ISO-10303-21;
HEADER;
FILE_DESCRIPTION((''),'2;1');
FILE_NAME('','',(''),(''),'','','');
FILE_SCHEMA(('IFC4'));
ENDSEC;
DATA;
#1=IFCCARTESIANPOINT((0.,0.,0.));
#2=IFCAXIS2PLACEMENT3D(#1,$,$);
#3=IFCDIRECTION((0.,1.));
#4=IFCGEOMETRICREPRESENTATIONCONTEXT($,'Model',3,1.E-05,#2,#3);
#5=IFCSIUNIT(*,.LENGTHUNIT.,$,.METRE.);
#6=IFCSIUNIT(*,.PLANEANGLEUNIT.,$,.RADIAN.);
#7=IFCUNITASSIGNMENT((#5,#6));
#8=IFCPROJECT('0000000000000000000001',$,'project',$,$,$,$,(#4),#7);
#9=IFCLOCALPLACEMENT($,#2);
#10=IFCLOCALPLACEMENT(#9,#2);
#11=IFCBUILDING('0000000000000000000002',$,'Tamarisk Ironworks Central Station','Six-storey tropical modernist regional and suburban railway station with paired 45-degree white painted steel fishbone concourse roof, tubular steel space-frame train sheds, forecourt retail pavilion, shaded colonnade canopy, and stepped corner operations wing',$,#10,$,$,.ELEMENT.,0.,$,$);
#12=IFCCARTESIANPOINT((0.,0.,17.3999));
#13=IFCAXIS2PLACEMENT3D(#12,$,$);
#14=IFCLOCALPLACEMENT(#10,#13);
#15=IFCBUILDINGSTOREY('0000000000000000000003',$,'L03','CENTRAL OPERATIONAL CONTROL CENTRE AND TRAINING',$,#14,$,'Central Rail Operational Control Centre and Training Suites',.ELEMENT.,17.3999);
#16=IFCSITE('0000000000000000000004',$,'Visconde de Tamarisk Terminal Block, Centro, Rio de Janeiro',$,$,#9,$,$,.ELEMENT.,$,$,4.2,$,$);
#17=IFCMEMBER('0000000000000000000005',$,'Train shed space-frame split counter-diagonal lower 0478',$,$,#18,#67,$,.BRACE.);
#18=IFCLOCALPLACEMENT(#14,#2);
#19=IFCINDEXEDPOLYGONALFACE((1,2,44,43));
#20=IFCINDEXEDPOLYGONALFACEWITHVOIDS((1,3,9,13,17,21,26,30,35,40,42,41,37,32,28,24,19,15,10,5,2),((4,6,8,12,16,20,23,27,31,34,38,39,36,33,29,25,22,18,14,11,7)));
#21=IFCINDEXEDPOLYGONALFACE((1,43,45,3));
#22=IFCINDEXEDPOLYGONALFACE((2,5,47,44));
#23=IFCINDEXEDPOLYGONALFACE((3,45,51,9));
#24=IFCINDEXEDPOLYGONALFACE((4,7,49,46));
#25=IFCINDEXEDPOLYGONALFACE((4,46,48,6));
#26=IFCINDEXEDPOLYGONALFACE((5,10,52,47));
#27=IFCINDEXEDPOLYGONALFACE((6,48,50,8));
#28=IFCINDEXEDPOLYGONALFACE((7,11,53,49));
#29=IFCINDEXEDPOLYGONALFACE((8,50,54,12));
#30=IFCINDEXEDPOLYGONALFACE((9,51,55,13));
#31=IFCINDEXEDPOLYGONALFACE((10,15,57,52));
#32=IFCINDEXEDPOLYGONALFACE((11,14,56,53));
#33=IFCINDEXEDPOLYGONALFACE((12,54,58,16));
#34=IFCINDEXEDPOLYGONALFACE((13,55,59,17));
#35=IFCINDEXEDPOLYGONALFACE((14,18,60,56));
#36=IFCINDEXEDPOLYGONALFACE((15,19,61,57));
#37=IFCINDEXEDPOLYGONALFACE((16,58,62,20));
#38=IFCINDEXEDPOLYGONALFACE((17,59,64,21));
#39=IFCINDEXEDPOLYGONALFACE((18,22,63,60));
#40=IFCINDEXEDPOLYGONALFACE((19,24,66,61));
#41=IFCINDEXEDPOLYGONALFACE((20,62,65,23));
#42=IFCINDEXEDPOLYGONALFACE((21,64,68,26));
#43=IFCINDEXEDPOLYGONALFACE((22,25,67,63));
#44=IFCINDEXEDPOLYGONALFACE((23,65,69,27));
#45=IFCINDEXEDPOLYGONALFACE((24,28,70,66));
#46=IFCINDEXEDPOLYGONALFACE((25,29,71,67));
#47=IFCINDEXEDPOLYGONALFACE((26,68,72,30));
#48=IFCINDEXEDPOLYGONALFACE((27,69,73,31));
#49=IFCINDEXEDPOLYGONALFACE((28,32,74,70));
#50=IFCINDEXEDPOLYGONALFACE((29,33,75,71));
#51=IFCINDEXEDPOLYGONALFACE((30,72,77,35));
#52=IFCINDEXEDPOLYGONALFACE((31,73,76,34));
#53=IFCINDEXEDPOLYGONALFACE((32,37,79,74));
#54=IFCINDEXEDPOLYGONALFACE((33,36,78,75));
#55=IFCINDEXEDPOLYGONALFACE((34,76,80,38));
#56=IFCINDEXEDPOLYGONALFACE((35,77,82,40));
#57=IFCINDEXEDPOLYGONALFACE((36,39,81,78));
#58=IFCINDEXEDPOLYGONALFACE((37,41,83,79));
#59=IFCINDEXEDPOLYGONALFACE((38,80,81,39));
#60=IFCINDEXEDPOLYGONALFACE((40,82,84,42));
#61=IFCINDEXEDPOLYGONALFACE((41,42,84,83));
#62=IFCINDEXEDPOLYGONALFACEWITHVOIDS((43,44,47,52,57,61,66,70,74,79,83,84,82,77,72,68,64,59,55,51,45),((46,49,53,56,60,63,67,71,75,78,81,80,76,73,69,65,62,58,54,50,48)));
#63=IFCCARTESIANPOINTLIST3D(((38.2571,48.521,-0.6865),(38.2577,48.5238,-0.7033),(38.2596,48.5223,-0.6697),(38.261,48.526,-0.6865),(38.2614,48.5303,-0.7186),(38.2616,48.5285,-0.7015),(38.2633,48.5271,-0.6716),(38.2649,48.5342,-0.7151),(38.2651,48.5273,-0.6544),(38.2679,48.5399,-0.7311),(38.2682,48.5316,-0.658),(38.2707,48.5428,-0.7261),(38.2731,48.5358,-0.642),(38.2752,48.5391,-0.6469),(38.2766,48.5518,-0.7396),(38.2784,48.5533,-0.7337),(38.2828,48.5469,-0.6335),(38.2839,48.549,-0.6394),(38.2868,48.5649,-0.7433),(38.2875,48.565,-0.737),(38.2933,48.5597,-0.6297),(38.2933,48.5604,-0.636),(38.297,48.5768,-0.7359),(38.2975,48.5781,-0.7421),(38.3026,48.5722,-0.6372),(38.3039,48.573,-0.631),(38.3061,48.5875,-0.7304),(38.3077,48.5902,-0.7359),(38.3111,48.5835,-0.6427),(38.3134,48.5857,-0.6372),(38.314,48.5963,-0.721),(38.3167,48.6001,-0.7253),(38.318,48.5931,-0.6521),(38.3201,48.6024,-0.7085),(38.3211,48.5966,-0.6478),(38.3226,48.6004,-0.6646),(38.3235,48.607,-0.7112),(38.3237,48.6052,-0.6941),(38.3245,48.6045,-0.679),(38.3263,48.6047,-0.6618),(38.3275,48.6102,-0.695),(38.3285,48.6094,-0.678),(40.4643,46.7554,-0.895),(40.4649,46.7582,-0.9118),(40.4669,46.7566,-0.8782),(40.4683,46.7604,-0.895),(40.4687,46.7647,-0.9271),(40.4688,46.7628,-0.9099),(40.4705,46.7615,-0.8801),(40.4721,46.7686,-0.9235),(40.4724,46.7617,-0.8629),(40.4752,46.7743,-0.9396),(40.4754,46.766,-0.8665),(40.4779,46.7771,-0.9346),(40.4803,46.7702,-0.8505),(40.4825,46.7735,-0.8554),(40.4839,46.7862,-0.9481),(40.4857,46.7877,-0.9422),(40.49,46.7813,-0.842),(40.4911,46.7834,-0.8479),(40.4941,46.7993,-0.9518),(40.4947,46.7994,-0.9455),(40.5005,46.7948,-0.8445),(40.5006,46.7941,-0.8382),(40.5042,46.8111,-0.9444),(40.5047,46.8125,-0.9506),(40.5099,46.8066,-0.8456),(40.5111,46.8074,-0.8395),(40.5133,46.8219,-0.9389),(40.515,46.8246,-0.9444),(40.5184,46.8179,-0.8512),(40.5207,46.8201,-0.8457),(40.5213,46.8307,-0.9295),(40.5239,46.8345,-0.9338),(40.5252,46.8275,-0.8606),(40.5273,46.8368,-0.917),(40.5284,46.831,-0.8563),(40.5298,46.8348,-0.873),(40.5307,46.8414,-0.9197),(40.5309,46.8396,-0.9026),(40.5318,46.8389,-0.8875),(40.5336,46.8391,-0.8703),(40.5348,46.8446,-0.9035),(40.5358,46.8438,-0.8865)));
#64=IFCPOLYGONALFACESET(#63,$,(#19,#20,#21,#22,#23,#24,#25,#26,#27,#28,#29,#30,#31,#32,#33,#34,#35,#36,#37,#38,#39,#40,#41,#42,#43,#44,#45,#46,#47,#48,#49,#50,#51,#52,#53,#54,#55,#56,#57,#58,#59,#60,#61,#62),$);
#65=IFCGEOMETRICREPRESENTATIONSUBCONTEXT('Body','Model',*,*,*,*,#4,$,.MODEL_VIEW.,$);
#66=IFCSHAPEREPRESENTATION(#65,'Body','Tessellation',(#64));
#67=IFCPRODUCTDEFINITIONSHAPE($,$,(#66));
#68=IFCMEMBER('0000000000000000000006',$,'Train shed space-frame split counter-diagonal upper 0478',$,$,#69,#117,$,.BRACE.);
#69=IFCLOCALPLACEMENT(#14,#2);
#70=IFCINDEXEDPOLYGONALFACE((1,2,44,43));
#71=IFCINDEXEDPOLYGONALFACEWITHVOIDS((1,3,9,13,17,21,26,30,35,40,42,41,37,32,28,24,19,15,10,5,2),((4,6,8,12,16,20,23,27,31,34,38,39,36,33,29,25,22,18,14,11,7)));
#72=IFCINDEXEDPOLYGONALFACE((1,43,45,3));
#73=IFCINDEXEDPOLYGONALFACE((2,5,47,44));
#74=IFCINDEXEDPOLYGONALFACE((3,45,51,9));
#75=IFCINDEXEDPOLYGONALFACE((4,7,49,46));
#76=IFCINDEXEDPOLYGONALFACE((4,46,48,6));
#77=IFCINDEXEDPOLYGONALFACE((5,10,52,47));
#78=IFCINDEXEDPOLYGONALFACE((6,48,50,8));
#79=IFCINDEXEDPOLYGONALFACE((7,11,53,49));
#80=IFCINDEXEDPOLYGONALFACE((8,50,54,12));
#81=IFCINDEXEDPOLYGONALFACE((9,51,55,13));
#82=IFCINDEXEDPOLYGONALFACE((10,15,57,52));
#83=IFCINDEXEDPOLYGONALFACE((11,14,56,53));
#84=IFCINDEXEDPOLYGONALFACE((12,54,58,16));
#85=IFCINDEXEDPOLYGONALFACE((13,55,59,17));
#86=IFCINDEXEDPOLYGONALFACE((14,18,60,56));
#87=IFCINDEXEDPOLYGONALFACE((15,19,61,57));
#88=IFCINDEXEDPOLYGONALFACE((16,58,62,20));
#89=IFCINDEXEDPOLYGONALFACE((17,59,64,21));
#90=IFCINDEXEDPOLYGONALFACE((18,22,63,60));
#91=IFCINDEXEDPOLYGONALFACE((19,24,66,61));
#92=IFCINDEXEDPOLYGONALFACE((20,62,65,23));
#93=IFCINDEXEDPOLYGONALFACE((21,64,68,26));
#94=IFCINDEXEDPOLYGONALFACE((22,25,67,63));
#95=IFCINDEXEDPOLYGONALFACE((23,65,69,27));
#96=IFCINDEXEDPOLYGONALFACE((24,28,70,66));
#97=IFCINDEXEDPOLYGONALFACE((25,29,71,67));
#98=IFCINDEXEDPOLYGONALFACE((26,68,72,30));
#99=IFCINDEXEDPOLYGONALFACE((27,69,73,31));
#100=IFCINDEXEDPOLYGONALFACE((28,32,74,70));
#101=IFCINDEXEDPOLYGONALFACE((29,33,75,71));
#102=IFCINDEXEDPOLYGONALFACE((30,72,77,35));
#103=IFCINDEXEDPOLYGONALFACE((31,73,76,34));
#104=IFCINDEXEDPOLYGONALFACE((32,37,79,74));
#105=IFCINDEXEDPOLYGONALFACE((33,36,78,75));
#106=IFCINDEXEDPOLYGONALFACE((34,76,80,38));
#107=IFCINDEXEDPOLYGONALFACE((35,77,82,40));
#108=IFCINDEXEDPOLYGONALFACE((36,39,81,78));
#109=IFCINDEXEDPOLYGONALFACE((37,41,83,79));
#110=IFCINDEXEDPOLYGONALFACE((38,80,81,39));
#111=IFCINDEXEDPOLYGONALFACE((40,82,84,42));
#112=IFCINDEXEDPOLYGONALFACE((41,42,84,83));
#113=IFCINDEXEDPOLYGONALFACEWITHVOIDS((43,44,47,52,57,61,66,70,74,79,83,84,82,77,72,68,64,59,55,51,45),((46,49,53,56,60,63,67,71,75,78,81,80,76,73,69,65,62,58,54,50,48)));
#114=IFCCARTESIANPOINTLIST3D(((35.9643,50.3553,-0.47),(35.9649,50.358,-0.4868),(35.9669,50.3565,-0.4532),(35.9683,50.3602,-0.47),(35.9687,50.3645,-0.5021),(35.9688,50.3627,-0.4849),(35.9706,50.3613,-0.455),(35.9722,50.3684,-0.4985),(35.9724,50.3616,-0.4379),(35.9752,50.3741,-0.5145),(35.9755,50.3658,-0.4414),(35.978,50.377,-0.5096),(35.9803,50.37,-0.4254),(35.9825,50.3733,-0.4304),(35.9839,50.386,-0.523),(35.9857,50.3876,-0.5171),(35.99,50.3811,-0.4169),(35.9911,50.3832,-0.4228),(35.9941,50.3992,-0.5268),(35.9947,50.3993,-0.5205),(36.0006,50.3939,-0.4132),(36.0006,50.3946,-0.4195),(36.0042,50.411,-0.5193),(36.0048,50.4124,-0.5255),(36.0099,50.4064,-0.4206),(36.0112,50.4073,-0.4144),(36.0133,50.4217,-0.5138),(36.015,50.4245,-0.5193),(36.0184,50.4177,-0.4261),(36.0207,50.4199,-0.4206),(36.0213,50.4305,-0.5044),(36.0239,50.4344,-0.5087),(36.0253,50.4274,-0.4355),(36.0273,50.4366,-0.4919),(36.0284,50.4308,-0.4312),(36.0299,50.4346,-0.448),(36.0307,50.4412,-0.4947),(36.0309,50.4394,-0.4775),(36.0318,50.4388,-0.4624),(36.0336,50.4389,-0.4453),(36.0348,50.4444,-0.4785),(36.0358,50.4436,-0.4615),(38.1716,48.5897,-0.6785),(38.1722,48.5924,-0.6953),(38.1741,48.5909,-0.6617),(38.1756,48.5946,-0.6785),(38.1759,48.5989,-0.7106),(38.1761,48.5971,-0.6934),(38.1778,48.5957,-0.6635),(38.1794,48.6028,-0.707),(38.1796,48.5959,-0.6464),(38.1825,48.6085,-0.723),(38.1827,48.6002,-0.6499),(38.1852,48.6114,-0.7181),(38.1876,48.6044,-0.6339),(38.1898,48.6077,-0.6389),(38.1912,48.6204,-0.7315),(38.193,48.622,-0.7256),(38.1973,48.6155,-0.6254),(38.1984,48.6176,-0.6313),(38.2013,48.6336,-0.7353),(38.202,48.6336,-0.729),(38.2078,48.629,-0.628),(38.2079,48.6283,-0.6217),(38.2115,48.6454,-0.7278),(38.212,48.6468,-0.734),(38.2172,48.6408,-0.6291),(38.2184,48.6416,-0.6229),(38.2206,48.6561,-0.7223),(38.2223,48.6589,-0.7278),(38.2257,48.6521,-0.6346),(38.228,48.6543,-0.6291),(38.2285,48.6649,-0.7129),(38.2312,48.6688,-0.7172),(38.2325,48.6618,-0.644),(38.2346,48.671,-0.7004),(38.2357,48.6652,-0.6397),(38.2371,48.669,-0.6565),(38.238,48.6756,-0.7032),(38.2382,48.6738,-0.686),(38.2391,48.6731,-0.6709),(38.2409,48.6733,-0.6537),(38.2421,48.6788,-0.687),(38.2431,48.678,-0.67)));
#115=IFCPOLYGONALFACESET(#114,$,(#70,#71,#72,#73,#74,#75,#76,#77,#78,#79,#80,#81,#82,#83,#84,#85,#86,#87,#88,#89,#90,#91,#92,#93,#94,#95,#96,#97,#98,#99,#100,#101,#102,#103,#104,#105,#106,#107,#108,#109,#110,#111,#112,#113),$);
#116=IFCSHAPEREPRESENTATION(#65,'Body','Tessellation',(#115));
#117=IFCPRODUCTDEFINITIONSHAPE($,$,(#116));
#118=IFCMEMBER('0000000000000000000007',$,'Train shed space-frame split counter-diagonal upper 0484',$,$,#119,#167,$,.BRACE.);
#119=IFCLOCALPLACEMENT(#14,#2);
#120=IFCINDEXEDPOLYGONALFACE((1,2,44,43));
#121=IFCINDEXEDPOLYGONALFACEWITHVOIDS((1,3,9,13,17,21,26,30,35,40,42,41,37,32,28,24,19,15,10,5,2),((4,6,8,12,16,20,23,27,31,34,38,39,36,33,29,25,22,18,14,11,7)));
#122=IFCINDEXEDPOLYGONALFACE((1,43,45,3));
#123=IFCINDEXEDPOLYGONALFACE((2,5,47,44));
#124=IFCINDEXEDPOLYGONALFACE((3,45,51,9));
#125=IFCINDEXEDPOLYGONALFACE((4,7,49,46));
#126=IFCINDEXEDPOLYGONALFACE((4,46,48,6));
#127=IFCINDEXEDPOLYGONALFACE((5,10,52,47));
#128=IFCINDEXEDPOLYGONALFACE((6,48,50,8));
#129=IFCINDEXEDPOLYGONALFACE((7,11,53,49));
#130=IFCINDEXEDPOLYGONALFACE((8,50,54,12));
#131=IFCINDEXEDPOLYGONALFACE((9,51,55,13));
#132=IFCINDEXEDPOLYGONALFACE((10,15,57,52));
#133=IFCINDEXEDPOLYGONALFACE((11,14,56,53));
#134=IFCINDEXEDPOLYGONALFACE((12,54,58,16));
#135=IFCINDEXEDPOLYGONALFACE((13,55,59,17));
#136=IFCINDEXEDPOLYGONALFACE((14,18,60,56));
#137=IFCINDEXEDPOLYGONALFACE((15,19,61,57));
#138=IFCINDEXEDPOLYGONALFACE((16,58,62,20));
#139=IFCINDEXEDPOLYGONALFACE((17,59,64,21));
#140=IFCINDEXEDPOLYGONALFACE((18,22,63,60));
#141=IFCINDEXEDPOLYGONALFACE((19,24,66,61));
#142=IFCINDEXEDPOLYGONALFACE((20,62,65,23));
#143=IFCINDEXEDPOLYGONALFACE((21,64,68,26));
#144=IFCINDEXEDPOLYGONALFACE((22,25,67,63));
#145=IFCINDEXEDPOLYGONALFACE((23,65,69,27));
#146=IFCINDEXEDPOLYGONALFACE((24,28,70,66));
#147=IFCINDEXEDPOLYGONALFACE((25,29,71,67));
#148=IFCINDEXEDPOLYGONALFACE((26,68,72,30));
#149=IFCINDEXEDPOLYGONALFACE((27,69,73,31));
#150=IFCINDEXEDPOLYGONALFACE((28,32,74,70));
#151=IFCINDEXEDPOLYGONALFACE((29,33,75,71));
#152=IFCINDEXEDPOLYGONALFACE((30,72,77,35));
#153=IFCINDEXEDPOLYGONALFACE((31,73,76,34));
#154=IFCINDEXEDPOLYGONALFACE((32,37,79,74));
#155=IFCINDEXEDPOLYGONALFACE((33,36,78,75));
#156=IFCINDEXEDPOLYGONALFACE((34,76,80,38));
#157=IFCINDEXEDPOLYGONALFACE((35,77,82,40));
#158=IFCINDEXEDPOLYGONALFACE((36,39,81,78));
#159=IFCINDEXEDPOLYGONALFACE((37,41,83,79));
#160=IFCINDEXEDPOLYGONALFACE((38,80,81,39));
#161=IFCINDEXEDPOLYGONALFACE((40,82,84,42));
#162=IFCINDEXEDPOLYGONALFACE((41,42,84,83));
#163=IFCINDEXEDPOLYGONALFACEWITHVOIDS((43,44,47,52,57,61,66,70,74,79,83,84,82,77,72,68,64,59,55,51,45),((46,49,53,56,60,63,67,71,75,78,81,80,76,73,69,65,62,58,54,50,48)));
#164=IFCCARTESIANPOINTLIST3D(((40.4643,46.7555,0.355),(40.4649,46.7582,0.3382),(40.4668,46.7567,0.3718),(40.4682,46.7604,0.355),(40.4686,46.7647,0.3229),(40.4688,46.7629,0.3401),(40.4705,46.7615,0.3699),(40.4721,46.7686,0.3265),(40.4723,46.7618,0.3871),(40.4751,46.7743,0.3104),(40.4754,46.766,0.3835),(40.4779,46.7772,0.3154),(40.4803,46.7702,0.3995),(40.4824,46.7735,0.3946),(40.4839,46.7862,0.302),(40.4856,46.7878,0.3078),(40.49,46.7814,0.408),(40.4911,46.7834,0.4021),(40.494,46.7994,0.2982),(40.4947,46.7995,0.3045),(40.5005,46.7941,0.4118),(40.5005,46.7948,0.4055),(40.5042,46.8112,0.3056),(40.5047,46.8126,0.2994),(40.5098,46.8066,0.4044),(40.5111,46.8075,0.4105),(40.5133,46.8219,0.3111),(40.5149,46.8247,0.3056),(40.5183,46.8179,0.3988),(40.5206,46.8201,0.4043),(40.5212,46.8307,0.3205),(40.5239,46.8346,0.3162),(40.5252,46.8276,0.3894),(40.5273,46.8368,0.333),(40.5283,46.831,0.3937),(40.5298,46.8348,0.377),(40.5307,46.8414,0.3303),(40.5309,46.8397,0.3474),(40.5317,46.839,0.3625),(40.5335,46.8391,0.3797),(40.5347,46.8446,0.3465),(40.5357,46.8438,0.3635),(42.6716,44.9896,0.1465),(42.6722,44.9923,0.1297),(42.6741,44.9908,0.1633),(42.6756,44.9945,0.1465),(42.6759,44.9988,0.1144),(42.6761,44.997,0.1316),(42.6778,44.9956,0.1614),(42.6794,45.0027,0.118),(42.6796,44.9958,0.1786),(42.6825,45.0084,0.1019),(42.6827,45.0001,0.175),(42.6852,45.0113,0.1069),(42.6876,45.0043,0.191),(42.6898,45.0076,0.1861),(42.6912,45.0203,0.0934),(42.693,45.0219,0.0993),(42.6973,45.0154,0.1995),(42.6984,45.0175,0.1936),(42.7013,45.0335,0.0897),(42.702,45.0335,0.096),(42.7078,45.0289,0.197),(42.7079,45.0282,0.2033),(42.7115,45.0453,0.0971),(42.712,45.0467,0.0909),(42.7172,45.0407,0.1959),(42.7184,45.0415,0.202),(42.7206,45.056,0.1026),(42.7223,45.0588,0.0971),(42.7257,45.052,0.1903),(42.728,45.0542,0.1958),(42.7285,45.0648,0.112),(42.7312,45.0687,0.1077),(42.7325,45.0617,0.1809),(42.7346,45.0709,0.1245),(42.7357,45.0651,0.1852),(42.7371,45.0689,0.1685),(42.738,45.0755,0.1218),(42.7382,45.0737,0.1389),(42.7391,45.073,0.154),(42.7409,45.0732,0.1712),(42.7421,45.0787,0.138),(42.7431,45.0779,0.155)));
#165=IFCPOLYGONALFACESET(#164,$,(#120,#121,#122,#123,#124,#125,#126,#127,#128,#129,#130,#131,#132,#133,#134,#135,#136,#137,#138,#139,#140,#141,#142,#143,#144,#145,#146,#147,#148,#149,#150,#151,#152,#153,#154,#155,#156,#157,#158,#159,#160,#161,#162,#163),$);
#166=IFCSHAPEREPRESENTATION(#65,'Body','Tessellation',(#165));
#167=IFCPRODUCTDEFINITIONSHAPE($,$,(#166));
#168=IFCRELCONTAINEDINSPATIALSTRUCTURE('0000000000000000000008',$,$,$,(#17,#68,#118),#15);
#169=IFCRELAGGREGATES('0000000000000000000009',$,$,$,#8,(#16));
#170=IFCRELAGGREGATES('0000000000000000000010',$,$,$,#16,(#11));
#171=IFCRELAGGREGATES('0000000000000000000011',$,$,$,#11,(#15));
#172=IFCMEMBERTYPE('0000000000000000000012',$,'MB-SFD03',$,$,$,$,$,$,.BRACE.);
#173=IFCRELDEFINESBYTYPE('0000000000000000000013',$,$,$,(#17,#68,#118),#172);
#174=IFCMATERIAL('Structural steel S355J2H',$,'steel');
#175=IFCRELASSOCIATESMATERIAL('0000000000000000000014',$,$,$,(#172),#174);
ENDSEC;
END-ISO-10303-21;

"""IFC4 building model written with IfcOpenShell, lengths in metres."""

from ifc_helpers import new_model, si_unit, direction, frame, origin, origin_2d, place, context, subcontext, project, spatial, hollow_circle, extrude, material, material_profile, profile_set, type_object, element, save


model = new_model("IFC4")

# Units and contexts
model_context = context("Model", 3, precision=1e-05, world=origin(), true_north=direction((0.0, 1.0)))
body_context = subcontext(model_context, "Body", "Model", "MODEL_VIEW")
ifc_project = project(units=[si_unit("LENGTHUNIT", "METRE"), si_unit("PLANEANGLEUNIT", "RADIAN")], contexts=[model_context])

# Site, building, storey
site_placement = place(None, origin())
site = spatial("IfcSite", under=ifc_project, at=site_placement, Name="Visconde de Tamarisk Terminal Block, Centro, Rio de Janeiro", CompositionType="ELEMENT", RefElevation=4.2)
building_placement = place(site_placement, origin())
building = spatial("IfcBuilding", under=site, at=building_placement, Name="Tamarisk Ironworks Central Station", Description="Six-storey tropical modernist regional and suburban railway station with paired 45-degree white painted steel fishbone concourse roof, tubular steel space-frame train sheds, forecourt retail pavilion, shaded colonnade canopy, and stepped corner operations wing", CompositionType="ELEMENT", ElevationOfRefHeight=0.0)
storey_placement = place(building_placement, frame((0.0, 0.0, 17.3999)))
storey = spatial("IfcBuildingStorey", under=building, at=storey_placement, Name="L03", Description="CENTRAL OPERATIONAL CONTROL CENTRE AND TRAINING", LongName="Central Rail Operational Control Centre and Training Suites", CompositionType="ELEMENT", Elevation=17.3999)

# Members
ifc_material_1 = material(Name="Structural steel S355J2H", Category="steel")
ifc_material_profile_1 = material_profile(ifc_material_1, hollow_circle(Radius=0.0571, WallThickness=0.0063, at=origin_2d()), Name="CHS 114.3x6.3")
ifc_profile_set_1 = profile_set([ifc_material_profile_1], Name="Structural steel S355J2H")
member_type_1 = type_object("IfcMemberType", Name="MB-SFD03", PredefinedType="BRACE", material=ifc_profile_set_1)
for number, where, z_axis, x_axis, name in (
    (1, (40.5, 46.8, -0.895), (-0.778787, 0.62296, 0.073563), (-0.624653, -0.780903, 0.0), "Train shed space-frame split counter-diagonal lower 0478"),
    (2, (38.2073, 48.6343, -0.6785), (-0.778787, 0.62296, 0.073563), (-0.624653, -0.780903, 0.0), "Train shed space-frame split counter-diagonal upper 0478"),
):
    element("IfcMember", number, at=place(storey_placement, frame(where, z_axis=z_axis, x_axis=x_axis)), inside=storey, type_object=member_type_1, Name=name, PredefinedType="BRACE", context=body_context, shape_type="SweptSolid", body=[
        extrude(hollow_circle(Radius=0.0571, WallThickness=0.0063, at=origin_2d()), origin(), (0.0, 0.0, 1.0), 2.8342),
    ])
member_1_placement = place(storey_placement, frame((42.7073, 45.0342, 0.1465), z_axis=(-0.778745, 0.623013, 0.073559), x_axis=(-0.624706, -0.78086, 0.0)))
element("IfcMember", 3, at=member_1_placement, inside=storey, type_object=member_type_1, Name="Train shed space-frame split counter-diagonal upper 0484", PredefinedType="BRACE", context=body_context, shape_type="SweptSolid", body=[
    extrude(hollow_circle(Radius=0.0571, WallThickness=0.0063, at=origin_2d()), origin(), (0.0, 0.0, 1.0), 2.8345),
])

save(model, "model.ifc")
